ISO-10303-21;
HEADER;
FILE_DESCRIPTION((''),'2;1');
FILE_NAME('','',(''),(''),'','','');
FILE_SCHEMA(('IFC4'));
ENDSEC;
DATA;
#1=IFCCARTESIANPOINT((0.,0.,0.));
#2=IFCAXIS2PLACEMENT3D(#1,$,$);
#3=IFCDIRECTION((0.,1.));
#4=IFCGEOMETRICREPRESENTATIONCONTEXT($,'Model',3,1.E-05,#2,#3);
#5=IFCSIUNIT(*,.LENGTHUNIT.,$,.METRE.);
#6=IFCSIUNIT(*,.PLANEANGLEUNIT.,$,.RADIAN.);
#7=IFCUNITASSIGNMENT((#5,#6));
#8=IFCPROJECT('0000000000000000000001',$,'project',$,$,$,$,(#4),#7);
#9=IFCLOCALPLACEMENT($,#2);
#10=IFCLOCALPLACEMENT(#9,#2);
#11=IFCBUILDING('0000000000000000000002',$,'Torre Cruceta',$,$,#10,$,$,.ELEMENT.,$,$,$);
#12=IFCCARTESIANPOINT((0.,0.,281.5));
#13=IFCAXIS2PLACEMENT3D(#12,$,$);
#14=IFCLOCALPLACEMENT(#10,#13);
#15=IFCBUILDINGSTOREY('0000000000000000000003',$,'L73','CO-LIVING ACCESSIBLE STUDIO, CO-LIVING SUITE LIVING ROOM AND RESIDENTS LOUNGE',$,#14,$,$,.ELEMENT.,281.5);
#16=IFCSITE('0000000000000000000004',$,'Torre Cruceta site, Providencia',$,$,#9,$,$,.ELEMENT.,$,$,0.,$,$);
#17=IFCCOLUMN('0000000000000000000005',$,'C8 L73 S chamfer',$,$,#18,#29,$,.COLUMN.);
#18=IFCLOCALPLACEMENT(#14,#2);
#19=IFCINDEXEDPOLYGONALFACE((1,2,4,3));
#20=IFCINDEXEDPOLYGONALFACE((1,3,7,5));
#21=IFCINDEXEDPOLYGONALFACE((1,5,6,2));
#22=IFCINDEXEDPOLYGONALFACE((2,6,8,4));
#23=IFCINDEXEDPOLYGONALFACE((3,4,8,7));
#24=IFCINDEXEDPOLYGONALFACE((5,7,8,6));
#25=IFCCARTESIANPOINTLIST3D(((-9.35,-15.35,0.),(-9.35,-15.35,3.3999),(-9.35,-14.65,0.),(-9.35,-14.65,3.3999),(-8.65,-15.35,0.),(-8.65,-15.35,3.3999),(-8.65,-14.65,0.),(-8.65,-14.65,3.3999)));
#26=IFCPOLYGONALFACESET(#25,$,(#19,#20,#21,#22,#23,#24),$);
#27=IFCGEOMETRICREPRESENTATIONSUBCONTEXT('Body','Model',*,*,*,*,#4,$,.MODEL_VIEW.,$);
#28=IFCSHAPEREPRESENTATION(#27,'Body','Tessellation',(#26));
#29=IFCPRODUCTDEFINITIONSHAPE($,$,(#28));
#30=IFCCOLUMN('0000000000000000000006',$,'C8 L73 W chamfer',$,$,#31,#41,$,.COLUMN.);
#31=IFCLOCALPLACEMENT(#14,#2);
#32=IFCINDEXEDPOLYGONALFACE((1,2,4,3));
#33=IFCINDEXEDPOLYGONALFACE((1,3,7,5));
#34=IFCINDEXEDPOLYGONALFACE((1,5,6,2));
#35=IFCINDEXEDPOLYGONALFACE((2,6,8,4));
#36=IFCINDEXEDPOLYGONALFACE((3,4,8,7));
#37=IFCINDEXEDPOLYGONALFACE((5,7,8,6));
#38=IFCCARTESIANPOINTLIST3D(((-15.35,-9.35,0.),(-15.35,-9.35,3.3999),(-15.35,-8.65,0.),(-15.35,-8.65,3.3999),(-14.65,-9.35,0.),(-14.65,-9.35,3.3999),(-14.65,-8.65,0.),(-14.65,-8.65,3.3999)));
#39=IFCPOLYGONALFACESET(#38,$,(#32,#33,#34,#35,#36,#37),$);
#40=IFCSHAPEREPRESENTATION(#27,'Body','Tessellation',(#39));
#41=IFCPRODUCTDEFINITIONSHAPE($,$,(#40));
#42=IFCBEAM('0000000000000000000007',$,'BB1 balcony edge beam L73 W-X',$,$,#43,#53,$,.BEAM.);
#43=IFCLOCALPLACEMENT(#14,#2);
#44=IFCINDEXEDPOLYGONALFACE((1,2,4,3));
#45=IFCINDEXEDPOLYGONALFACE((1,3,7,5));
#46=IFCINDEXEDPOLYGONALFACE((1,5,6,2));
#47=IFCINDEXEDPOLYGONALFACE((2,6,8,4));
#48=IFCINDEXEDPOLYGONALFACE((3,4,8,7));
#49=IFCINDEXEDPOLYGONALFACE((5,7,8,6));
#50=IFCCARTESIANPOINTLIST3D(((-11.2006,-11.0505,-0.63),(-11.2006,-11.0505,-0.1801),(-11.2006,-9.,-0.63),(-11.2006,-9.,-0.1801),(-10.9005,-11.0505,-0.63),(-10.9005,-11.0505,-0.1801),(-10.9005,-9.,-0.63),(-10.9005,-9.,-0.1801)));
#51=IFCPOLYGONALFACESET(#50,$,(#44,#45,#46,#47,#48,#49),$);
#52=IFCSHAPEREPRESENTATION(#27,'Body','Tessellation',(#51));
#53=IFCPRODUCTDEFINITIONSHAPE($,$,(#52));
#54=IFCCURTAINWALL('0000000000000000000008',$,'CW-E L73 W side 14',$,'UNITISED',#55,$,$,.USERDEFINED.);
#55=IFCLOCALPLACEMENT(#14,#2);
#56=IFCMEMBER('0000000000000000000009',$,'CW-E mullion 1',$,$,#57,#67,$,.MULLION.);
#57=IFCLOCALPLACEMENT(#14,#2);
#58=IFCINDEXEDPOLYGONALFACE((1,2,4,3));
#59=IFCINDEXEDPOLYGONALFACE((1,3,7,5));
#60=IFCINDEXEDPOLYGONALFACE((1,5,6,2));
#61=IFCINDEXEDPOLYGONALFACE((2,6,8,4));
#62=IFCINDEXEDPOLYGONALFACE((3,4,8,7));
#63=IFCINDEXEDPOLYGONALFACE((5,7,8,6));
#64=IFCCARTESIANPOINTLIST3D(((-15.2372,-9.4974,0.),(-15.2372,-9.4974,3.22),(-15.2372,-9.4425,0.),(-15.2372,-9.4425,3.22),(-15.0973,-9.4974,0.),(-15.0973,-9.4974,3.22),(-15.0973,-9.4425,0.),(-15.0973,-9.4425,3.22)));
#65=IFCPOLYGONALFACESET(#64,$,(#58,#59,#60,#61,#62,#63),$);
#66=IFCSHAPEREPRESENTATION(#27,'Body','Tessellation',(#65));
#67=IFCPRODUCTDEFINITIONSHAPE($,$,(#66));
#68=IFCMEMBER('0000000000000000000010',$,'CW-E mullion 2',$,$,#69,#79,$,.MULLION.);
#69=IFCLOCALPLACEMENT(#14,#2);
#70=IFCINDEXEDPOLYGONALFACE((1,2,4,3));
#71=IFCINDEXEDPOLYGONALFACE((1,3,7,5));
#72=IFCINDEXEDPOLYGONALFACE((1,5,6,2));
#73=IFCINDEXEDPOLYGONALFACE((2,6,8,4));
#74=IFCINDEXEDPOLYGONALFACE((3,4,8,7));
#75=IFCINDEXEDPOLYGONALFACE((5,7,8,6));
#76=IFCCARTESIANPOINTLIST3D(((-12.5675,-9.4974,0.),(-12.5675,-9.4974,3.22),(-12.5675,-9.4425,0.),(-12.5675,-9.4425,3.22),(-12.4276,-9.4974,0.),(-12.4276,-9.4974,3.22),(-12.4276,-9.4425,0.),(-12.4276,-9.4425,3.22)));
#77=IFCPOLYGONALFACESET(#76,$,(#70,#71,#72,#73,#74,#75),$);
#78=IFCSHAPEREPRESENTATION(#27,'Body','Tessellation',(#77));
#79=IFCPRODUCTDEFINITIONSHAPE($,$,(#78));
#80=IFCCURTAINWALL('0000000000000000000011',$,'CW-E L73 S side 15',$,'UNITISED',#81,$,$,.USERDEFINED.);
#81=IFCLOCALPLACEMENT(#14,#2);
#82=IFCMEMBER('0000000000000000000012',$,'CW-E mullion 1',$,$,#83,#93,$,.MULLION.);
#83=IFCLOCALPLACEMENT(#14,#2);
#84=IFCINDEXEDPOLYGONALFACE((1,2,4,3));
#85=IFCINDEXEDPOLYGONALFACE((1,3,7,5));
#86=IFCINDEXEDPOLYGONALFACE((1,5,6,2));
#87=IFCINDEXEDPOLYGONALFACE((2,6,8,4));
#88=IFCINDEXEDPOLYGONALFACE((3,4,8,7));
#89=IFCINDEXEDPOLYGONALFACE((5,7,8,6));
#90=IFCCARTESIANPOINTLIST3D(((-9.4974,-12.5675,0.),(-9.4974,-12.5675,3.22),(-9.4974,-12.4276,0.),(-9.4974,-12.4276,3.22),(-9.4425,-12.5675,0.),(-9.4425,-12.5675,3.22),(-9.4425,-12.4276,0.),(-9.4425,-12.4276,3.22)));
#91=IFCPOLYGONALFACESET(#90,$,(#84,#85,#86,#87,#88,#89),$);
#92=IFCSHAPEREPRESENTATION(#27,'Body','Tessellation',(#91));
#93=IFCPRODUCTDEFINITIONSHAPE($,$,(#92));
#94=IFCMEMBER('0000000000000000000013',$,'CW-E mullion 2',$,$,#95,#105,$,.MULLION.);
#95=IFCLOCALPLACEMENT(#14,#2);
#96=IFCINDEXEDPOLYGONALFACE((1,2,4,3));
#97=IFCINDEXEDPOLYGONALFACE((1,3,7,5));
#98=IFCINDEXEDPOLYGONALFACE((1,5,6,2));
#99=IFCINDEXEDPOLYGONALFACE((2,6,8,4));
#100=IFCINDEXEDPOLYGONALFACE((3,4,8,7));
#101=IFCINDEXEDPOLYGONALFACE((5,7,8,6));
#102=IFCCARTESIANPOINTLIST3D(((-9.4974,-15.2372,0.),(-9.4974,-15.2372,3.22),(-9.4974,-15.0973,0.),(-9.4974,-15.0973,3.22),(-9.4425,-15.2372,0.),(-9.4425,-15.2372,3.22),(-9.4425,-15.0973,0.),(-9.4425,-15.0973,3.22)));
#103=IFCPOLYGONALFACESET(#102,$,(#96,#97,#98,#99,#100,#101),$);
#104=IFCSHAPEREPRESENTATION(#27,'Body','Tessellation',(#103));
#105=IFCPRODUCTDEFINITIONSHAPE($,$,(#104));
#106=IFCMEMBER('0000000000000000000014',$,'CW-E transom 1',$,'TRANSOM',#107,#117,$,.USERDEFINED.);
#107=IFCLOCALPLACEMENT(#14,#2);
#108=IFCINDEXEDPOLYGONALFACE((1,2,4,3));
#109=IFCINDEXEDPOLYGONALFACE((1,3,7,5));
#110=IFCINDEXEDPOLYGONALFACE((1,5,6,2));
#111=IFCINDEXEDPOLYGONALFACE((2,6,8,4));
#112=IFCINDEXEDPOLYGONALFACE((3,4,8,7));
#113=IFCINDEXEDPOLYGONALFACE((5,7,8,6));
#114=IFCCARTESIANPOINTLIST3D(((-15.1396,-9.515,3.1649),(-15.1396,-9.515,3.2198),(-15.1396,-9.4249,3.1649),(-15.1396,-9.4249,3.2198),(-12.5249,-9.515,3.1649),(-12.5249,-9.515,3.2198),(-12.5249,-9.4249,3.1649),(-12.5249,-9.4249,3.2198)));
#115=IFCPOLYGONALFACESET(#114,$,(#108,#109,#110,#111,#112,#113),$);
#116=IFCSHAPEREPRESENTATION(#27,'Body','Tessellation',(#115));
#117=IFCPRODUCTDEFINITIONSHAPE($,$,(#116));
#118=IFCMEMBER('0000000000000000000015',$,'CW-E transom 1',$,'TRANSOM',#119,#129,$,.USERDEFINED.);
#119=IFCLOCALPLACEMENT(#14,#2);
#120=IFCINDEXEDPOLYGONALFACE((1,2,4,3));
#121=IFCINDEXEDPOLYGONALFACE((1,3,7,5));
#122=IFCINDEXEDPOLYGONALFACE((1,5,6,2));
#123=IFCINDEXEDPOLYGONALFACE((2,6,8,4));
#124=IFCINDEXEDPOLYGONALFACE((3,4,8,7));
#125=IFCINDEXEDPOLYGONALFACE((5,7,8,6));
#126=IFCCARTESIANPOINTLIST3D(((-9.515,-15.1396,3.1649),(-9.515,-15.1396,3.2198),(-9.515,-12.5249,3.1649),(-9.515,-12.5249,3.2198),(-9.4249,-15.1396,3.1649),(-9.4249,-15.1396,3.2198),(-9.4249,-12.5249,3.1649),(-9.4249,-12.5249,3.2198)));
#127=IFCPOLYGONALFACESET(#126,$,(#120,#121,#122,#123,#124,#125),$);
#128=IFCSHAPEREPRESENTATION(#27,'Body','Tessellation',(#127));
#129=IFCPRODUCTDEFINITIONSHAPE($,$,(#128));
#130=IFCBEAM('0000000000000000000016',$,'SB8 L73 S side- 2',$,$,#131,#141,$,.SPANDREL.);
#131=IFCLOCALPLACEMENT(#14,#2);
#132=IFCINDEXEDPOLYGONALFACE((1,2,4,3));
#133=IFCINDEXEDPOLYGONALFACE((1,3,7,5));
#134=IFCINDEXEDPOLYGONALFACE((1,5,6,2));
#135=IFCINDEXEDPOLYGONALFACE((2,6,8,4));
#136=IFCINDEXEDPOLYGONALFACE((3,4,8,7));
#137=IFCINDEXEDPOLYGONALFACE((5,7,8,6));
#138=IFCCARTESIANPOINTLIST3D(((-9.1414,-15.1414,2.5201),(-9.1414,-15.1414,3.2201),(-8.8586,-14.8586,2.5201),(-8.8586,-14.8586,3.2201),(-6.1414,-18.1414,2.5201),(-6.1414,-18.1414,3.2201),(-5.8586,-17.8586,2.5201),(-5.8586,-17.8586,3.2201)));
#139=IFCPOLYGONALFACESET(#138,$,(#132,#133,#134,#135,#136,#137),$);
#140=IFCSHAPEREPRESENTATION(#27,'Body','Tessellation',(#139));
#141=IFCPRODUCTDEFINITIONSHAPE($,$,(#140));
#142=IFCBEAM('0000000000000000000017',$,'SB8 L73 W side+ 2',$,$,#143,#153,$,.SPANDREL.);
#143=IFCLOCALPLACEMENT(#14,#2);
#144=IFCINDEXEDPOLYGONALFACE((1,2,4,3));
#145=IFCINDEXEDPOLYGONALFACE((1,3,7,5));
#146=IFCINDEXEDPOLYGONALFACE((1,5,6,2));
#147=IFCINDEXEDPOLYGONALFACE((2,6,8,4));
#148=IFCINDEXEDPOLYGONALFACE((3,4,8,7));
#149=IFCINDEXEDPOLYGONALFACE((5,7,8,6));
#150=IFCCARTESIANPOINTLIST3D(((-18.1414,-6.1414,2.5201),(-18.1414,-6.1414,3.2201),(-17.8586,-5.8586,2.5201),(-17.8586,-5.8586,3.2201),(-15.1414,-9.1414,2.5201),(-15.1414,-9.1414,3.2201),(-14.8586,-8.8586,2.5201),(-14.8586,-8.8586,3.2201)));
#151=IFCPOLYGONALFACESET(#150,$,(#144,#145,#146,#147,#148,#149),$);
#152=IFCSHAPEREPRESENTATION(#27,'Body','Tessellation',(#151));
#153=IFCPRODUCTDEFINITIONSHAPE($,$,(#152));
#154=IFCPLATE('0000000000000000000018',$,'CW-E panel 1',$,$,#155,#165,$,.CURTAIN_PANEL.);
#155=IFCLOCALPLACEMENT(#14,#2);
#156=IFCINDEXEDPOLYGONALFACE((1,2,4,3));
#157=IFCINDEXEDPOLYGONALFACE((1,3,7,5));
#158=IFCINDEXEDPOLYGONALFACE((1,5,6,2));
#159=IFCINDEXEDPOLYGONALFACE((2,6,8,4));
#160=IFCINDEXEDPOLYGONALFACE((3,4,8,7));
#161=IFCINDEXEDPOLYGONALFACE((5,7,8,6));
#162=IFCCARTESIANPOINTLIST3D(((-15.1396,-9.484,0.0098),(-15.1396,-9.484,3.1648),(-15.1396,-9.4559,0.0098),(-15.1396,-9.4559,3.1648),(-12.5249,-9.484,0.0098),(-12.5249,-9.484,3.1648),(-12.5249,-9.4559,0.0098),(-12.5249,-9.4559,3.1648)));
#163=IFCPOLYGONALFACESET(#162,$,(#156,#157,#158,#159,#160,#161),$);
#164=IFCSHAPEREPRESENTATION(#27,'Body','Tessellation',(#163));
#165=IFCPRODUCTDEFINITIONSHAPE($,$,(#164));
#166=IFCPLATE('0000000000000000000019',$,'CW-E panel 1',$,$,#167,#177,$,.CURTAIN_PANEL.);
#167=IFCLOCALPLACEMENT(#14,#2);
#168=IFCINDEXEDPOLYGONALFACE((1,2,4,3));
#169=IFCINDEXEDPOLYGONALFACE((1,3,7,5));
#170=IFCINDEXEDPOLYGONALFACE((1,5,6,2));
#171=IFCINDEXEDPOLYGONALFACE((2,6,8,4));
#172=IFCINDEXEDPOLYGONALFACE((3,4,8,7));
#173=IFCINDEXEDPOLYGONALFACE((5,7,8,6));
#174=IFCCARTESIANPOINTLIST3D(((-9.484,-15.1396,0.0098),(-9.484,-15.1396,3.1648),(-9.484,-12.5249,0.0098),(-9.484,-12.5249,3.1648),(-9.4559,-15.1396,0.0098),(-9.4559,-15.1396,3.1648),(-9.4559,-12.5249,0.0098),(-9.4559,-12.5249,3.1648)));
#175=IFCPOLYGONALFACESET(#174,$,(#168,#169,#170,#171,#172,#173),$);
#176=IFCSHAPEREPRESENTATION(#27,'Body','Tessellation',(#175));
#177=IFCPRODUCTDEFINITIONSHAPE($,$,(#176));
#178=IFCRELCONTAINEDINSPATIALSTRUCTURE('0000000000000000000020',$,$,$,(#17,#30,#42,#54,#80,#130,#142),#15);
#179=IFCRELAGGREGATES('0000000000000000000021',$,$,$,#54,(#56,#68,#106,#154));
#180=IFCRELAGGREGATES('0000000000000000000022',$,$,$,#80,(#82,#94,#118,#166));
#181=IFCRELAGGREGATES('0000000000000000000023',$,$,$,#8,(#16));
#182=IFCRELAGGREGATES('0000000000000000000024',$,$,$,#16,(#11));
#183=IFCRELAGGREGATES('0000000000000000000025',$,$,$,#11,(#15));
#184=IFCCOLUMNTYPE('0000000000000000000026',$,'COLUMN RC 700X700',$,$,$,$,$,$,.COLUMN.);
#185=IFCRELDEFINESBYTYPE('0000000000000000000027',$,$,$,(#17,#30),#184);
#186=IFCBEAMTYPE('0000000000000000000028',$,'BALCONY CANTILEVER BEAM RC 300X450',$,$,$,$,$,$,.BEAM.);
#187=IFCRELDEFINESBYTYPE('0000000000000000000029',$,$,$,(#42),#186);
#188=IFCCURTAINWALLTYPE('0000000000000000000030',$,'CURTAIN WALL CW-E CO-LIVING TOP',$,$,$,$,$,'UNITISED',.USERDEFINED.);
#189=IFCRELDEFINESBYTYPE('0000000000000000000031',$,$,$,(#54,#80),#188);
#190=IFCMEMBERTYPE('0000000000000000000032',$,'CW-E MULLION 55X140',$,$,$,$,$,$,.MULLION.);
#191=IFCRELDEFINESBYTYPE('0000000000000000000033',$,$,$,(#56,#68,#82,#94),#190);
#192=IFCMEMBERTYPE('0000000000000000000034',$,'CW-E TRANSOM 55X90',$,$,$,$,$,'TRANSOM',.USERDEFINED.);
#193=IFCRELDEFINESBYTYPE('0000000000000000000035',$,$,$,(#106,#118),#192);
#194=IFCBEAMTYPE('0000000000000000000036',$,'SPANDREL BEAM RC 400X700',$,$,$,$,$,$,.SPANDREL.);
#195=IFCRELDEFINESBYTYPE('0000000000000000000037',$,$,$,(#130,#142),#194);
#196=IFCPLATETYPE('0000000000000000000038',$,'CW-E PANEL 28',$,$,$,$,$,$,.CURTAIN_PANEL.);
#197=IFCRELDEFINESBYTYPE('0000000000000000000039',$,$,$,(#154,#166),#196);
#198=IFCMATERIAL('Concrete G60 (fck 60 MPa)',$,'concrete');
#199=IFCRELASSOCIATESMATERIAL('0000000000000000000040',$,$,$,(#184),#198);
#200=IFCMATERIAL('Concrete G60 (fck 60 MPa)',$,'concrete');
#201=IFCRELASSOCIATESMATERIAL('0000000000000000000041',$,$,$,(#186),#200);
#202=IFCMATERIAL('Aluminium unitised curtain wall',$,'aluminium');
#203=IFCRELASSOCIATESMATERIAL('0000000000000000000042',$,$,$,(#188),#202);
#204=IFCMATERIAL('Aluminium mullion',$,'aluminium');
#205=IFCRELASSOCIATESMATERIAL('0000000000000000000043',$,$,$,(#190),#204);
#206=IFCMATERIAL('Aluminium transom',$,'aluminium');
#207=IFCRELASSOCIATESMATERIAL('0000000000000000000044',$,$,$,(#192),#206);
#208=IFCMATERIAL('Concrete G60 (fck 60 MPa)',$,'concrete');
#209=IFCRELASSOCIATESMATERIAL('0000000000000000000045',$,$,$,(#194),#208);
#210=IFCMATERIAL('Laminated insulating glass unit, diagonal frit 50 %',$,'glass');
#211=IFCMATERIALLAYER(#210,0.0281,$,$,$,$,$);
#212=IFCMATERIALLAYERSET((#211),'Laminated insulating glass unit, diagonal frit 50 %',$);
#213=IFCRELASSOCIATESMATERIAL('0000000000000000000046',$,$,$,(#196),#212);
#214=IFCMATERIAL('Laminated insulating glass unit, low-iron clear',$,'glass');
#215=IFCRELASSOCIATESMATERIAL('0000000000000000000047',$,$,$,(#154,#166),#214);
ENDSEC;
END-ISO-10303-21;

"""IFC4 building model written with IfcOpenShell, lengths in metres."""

from ifc_helpers import new_model, si_unit, direction, frame, origin, origin_2d, place, context, subcontext, project, spatial, rectangle, extrude, material, layer, layer_set, material_profile, profile_set, type_object, element, aggregate, save


model = new_model("IFC4")

# Units and contexts
model_context = context("Model", 3, precision=1e-05, world=origin(), true_north=direction((0.0, 1.0)))
body_context = subcontext(model_context, "Body", "Model", "MODEL_VIEW")
ifc_project = project(units=[si_unit("LENGTHUNIT", "METRE"), si_unit("PLANEANGLEUNIT", "RADIAN")], contexts=[model_context])

# Site, building, storey
site_placement = place(None, origin())
site = spatial("IfcSite", under=ifc_project, at=site_placement, Name="Torre Cruceta site, Providencia", CompositionType="ELEMENT", RefElevation=0.0)
building_placement = place(site_placement, origin())
building = spatial("IfcBuilding", under=site, at=building_placement, Name="Torre Cruceta", CompositionType="ELEMENT")
storey_placement = place(building_placement, frame((0.0, 0.0, 281.5)))
storey = spatial("IfcBuildingStorey", under=building, at=storey_placement, Name="L73", Description="CO-LIVING ACCESSIBLE STUDIO, CO-LIVING SUITE LIVING ROOM AND RESIDENTS LOUNGE", CompositionType="ELEMENT", Elevation=281.5)

# Columns
ifc_material_1 = material(Name="Concrete G60 (fck 60 MPa)", Category="concrete")
ifc_material_profile_1 = material_profile(ifc_material_1, rectangle(XDim=0.7, YDim=0.7, at=origin_2d()), Name="RC 700X700")
ifc_profile_set_1 = profile_set([ifc_material_profile_1], Name="Concrete G60 (fck 60 MPa)")
column_type = type_object("IfcColumnType", Name="COLUMN RC 700X700", PredefinedType="COLUMN", material=ifc_profile_set_1)
for number, where, z_axis, x_axis, name in (
    (1, (-9.0, -15.0, 0.0), (0.0, 0.0, 1.0), (1.0, 0.0, 0.0), "C8 L73 S chamfer"),
    (2, (-15.0, -9.0, 0.0), (0.0, 0.0, 1.0), (1.0, 0.0, 0.0), "C8 L73 W chamfer"),
):
    element("IfcColumn", number, at=place(storey_placement, frame(where, z_axis=z_axis, x_axis=x_axis)), inside=storey, type_object=column_type, Name=name, PredefinedType="COLUMN", context=body_context, shape_type="SweptSolid", body=[
        extrude(rectangle(XDim=0.7, YDim=0.7, at=origin_2d()), origin(), (0.0, 0.0, 1.0), 3.3999),
    ])

# Beam
ifc_material_2 = material(Name="Concrete G60 (fck 60 MPa)", Category="concrete")
ifc_material_profile_2 = material_profile(ifc_material_2, rectangle(XDim=0.3, YDim=0.45, at=origin_2d()), Name="RC 300X450")
ifc_profile_set_2 = profile_set([ifc_material_profile_2], Name="Concrete G60 (fck 60 MPa)")
beam_type_1 = type_object("IfcBeamType", Name="BALCONY CANTILEVER BEAM RC 300X450", PredefinedType="BEAM", material=ifc_profile_set_2)
beam_placement = place(storey_placement, frame((-11.0505, -9.0, -0.405), z_axis=(0.0, -1.0, 0.0), x_axis=(1.0, 0.0, 0.0)))
element("IfcBeam", 3, at=beam_placement, inside=storey, type_object=beam_type_1, Name="BB1 balcony edge beam L73 W-X", PredefinedType="BEAM", context=body_context, shape_type="SweptSolid", body=[
    extrude(rectangle(XDim=0.3, YDim=0.45, at=origin_2d()), origin(), (0.0, 0.0, 1.0), 2.0505),
])

# Curtain walls, members
ifc_material_3 = material(Name="Aluminium unitised curtain wall", Category="aluminium")
curtain_wall_type = type_object("IfcCurtainWallType", Name="CURTAIN WALL CW-E CO-LIVING TOP", ElementType="UNITISED", PredefinedType="USERDEFINED", material=ifc_material_3)
curtain_wall_1_placement = place(storey_placement, origin())
curtain_wall_1 = element("IfcCurtainWall", 4, at=curtain_wall_1_placement, inside=storey, type_object=curtain_wall_type, Name="CW-E L73 W side 14", ObjectType="UNITISED", PredefinedType="USERDEFINED")
ifc_material_4 = material(Name="Aluminium mullion", Category="aluminium")
ifc_material_profile_3 = material_profile(ifc_material_4, rectangle(XDim=0.0549, YDim=0.1399, at=origin_2d()), Name="AL 55X140")
ifc_profile_set_3 = profile_set([ifc_material_profile_3], Name="Aluminium mullion")
member_type_1 = type_object("IfcMemberType", Name="CW-E MULLION 55X140", PredefinedType="MULLION", material=ifc_profile_set_3)
member_1_placement = place(storey_placement, frame((-15.1672, -9.47, 0.0), z_axis=(0.0, 0.0, 1.0), x_axis=(0.0, 1.0, 0.0)))
member_1 = element("IfcMember", 5, at=member_1_placement, type_object=member_type_1, Name="CW-E mullion 1", PredefinedType="MULLION", context=body_context, shape_type="SweptSolid", body=[
    extrude(rectangle(XDim=0.0549, YDim=0.1399, at=origin_2d()), origin(), (0.0, 0.0, 1.0), 3.22),
])
member_2_placement = place(storey_placement, frame((-12.4976, -9.47, 0.0), z_axis=(0.0, 0.0, 1.0), x_axis=(0.0, 1.0, 0.0)))
member_2 = element("IfcMember", 6, at=member_2_placement, type_object=member_type_1, Name="CW-E mullion 2", PredefinedType="MULLION", context=body_context, shape_type="SweptSolid", body=[
    extrude(rectangle(XDim=0.0549, YDim=0.1399, at=origin_2d()), origin(), (0.0, 0.0, 1.0), 3.22),
])
curtain_wall_2_placement = place(storey_placement, origin())
curtain_wall_2 = element("IfcCurtainWall", 7, at=curtain_wall_2_placement, inside=storey, type_object=curtain_wall_type, Name="CW-E L73 S side 15", ObjectType="UNITISED", PredefinedType="USERDEFINED")
member_3_placement = place(storey_placement, frame((-9.47, -12.4976, 0.0), z_axis=(0.0, 0.0, 1.0), x_axis=(1.0, 0.0, 0.0)))
member_3 = element("IfcMember", 8, at=member_3_placement, type_object=member_type_1, Name="CW-E mullion 1", PredefinedType="MULLION", context=body_context, shape_type="SweptSolid", body=[
    extrude(rectangle(XDim=0.0549, YDim=0.1399, at=origin_2d()), origin(), (0.0, 0.0, 1.0), 3.22),
])
member_4_placement = place(storey_placement, frame((-9.47, -15.1672, 0.0), z_axis=(0.0, 0.0, 1.0), x_axis=(1.0, 0.0, 0.0)))
member_4 = element("IfcMember", 9, at=member_4_placement, type_object=member_type_1, Name="CW-E mullion 2", PredefinedType="MULLION", context=body_context, shape_type="SweptSolid", body=[
    extrude(rectangle(XDim=0.0549, YDim=0.1399, at=origin_2d()), origin(), (0.0, 0.0, 1.0), 3.22),
])

# Members
ifc_material_5 = material(Name="Aluminium transom", Category="aluminium")
ifc_material_profile_4 = material_profile(ifc_material_5, rectangle(XDim=0.0901, YDim=0.0549, at=origin_2d()), Name="AL 90X55")
ifc_profile_set_4 = profile_set([ifc_material_profile_4], Name="Aluminium transom")
member_type_2 = type_object("IfcMemberType", Name="CW-E TRANSOM 55X90", ElementType="TRANSOM", PredefinedType="USERDEFINED", material=ifc_profile_set_4)
member_5_placement = place(storey_placement, frame((-15.1396, -9.47, 3.1924), z_axis=(1.0, 0.0, 0.0), x_axis=(0.0, 1.0, 0.0)))
member_5 = element("IfcMember", 10, at=member_5_placement, type_object=member_type_2, Name="CW-E transom 1", ObjectType="TRANSOM", PredefinedType="USERDEFINED", context=body_context, shape_type="SweptSolid", body=[
    extrude(rectangle(XDim=0.0901, YDim=0.0549, at=origin_2d()), origin(), (0.0, 0.0, 1.0), 2.6147),
])
member_6_placement = place(storey_placement, frame((-9.47, -12.5249, 3.1924), z_axis=(0.0, -1.0, 0.0), x_axis=(1.0, 0.0, 0.0)))
member_6 = element("IfcMember", 11, at=member_6_placement, type_object=member_type_2, Name="CW-E transom 1", ObjectType="TRANSOM", PredefinedType="USERDEFINED", context=body_context, shape_type="SweptSolid", body=[
    extrude(rectangle(XDim=0.0901, YDim=0.0549, at=origin_2d()), origin(), (0.0, 0.0, 1.0), 2.6147),
])

# Beams
ifc_material_6 = material(Name="Concrete G60 (fck 60 MPa)", Category="concrete")
ifc_material_profile_5 = material_profile(ifc_material_6, rectangle(XDim=0.3999, YDim=0.7, at=origin_2d()), Name="RC 400X700")
ifc_profile_set_5 = profile_set([ifc_material_profile_5], Name="Concrete G60 (fck 60 MPa)")
beam_type_2 = type_object("IfcBeamType", Name="SPANDREL BEAM RC 400X700", PredefinedType="SPANDREL", material=ifc_profile_set_5)
for number, where, z_axis, x_axis, name in (
    (12, (-9.0, -15.0, 2.8701), (0.707107, -0.707107, 0.0), (0.707107, 0.707107, 0.0), "SB8 L73 S side- 2"),
    (13, (-15.0, -9.0, 2.8701), (-0.707107, 0.707107, 0.0), (-0.707107, -0.707107, 0.0), "SB8 L73 W side+ 2"),
):
    element("IfcBeam", number, at=place(storey_placement, frame(where, z_axis=z_axis, x_axis=x_axis)), inside=storey, type_object=beam_type_2, Name=name, PredefinedType="SPANDREL", context=body_context, shape_type="SweptSolid", body=[
        extrude(rectangle(XDim=0.3999, YDim=0.7, at=origin_2d()), origin(), (0.0, 0.0, 1.0), 4.2427),
    ])

# Plates
ifc_material_7 = material(Name="Laminated insulating glass unit, low-iron clear", Category="glass")
ifc_material_8 = material(Name="Laminated insulating glass unit, diagonal frit 50 %", Category="glass")
ifc_layer_1 = layer(ifc_material_8, 0.0281)
ifc_layer_set_1 = layer_set([ifc_layer_1], Name="Laminated insulating glass unit, diagonal frit 50 %")
plate_type = type_object("IfcPlateType", Name="CW-E PANEL 28", PredefinedType="CURTAIN_PANEL", material=ifc_layer_set_1)
plate_1_placement = place(storey_placement, frame((-13.8323, -9.47, 0.0098), z_axis=(0.0, 0.0, 1.0), x_axis=(1.0, 0.0, 0.0)))
plate_1 = element("IfcPlate", 14, at=plate_1_placement, type_object=plate_type, material=ifc_material_7, Name="CW-E panel 1", PredefinedType="CURTAIN_PANEL", context=body_context, shape_type="SweptSolid", body=[
    extrude(rectangle(XDim=2.6147, YDim=0.0281, at=origin_2d()), origin(), (0.0, 0.0, 1.0), 3.155),
])
aggregate(curtain_wall_1, [member_1, member_2, member_5, plate_1])
plate_2_placement = place(storey_placement, frame((-9.47, -13.8323, 0.0098), z_axis=(0.0, 0.0, 1.0), x_axis=(0.0, -1.0, 0.0)))
plate_2 = element("IfcPlate", 15, at=plate_2_placement, type_object=plate_type, material=ifc_material_7, Name="CW-E panel 1", PredefinedType="CURTAIN_PANEL", context=body_context, shape_type="SweptSolid", body=[
    extrude(rectangle(XDim=2.6147, YDim=0.0281, at=origin_2d()), origin(), (0.0, 0.0, 1.0), 3.155),
])
aggregate(curtain_wall_2, [member_3, member_4, member_6, plate_2])

save(model, "model.ifc")
